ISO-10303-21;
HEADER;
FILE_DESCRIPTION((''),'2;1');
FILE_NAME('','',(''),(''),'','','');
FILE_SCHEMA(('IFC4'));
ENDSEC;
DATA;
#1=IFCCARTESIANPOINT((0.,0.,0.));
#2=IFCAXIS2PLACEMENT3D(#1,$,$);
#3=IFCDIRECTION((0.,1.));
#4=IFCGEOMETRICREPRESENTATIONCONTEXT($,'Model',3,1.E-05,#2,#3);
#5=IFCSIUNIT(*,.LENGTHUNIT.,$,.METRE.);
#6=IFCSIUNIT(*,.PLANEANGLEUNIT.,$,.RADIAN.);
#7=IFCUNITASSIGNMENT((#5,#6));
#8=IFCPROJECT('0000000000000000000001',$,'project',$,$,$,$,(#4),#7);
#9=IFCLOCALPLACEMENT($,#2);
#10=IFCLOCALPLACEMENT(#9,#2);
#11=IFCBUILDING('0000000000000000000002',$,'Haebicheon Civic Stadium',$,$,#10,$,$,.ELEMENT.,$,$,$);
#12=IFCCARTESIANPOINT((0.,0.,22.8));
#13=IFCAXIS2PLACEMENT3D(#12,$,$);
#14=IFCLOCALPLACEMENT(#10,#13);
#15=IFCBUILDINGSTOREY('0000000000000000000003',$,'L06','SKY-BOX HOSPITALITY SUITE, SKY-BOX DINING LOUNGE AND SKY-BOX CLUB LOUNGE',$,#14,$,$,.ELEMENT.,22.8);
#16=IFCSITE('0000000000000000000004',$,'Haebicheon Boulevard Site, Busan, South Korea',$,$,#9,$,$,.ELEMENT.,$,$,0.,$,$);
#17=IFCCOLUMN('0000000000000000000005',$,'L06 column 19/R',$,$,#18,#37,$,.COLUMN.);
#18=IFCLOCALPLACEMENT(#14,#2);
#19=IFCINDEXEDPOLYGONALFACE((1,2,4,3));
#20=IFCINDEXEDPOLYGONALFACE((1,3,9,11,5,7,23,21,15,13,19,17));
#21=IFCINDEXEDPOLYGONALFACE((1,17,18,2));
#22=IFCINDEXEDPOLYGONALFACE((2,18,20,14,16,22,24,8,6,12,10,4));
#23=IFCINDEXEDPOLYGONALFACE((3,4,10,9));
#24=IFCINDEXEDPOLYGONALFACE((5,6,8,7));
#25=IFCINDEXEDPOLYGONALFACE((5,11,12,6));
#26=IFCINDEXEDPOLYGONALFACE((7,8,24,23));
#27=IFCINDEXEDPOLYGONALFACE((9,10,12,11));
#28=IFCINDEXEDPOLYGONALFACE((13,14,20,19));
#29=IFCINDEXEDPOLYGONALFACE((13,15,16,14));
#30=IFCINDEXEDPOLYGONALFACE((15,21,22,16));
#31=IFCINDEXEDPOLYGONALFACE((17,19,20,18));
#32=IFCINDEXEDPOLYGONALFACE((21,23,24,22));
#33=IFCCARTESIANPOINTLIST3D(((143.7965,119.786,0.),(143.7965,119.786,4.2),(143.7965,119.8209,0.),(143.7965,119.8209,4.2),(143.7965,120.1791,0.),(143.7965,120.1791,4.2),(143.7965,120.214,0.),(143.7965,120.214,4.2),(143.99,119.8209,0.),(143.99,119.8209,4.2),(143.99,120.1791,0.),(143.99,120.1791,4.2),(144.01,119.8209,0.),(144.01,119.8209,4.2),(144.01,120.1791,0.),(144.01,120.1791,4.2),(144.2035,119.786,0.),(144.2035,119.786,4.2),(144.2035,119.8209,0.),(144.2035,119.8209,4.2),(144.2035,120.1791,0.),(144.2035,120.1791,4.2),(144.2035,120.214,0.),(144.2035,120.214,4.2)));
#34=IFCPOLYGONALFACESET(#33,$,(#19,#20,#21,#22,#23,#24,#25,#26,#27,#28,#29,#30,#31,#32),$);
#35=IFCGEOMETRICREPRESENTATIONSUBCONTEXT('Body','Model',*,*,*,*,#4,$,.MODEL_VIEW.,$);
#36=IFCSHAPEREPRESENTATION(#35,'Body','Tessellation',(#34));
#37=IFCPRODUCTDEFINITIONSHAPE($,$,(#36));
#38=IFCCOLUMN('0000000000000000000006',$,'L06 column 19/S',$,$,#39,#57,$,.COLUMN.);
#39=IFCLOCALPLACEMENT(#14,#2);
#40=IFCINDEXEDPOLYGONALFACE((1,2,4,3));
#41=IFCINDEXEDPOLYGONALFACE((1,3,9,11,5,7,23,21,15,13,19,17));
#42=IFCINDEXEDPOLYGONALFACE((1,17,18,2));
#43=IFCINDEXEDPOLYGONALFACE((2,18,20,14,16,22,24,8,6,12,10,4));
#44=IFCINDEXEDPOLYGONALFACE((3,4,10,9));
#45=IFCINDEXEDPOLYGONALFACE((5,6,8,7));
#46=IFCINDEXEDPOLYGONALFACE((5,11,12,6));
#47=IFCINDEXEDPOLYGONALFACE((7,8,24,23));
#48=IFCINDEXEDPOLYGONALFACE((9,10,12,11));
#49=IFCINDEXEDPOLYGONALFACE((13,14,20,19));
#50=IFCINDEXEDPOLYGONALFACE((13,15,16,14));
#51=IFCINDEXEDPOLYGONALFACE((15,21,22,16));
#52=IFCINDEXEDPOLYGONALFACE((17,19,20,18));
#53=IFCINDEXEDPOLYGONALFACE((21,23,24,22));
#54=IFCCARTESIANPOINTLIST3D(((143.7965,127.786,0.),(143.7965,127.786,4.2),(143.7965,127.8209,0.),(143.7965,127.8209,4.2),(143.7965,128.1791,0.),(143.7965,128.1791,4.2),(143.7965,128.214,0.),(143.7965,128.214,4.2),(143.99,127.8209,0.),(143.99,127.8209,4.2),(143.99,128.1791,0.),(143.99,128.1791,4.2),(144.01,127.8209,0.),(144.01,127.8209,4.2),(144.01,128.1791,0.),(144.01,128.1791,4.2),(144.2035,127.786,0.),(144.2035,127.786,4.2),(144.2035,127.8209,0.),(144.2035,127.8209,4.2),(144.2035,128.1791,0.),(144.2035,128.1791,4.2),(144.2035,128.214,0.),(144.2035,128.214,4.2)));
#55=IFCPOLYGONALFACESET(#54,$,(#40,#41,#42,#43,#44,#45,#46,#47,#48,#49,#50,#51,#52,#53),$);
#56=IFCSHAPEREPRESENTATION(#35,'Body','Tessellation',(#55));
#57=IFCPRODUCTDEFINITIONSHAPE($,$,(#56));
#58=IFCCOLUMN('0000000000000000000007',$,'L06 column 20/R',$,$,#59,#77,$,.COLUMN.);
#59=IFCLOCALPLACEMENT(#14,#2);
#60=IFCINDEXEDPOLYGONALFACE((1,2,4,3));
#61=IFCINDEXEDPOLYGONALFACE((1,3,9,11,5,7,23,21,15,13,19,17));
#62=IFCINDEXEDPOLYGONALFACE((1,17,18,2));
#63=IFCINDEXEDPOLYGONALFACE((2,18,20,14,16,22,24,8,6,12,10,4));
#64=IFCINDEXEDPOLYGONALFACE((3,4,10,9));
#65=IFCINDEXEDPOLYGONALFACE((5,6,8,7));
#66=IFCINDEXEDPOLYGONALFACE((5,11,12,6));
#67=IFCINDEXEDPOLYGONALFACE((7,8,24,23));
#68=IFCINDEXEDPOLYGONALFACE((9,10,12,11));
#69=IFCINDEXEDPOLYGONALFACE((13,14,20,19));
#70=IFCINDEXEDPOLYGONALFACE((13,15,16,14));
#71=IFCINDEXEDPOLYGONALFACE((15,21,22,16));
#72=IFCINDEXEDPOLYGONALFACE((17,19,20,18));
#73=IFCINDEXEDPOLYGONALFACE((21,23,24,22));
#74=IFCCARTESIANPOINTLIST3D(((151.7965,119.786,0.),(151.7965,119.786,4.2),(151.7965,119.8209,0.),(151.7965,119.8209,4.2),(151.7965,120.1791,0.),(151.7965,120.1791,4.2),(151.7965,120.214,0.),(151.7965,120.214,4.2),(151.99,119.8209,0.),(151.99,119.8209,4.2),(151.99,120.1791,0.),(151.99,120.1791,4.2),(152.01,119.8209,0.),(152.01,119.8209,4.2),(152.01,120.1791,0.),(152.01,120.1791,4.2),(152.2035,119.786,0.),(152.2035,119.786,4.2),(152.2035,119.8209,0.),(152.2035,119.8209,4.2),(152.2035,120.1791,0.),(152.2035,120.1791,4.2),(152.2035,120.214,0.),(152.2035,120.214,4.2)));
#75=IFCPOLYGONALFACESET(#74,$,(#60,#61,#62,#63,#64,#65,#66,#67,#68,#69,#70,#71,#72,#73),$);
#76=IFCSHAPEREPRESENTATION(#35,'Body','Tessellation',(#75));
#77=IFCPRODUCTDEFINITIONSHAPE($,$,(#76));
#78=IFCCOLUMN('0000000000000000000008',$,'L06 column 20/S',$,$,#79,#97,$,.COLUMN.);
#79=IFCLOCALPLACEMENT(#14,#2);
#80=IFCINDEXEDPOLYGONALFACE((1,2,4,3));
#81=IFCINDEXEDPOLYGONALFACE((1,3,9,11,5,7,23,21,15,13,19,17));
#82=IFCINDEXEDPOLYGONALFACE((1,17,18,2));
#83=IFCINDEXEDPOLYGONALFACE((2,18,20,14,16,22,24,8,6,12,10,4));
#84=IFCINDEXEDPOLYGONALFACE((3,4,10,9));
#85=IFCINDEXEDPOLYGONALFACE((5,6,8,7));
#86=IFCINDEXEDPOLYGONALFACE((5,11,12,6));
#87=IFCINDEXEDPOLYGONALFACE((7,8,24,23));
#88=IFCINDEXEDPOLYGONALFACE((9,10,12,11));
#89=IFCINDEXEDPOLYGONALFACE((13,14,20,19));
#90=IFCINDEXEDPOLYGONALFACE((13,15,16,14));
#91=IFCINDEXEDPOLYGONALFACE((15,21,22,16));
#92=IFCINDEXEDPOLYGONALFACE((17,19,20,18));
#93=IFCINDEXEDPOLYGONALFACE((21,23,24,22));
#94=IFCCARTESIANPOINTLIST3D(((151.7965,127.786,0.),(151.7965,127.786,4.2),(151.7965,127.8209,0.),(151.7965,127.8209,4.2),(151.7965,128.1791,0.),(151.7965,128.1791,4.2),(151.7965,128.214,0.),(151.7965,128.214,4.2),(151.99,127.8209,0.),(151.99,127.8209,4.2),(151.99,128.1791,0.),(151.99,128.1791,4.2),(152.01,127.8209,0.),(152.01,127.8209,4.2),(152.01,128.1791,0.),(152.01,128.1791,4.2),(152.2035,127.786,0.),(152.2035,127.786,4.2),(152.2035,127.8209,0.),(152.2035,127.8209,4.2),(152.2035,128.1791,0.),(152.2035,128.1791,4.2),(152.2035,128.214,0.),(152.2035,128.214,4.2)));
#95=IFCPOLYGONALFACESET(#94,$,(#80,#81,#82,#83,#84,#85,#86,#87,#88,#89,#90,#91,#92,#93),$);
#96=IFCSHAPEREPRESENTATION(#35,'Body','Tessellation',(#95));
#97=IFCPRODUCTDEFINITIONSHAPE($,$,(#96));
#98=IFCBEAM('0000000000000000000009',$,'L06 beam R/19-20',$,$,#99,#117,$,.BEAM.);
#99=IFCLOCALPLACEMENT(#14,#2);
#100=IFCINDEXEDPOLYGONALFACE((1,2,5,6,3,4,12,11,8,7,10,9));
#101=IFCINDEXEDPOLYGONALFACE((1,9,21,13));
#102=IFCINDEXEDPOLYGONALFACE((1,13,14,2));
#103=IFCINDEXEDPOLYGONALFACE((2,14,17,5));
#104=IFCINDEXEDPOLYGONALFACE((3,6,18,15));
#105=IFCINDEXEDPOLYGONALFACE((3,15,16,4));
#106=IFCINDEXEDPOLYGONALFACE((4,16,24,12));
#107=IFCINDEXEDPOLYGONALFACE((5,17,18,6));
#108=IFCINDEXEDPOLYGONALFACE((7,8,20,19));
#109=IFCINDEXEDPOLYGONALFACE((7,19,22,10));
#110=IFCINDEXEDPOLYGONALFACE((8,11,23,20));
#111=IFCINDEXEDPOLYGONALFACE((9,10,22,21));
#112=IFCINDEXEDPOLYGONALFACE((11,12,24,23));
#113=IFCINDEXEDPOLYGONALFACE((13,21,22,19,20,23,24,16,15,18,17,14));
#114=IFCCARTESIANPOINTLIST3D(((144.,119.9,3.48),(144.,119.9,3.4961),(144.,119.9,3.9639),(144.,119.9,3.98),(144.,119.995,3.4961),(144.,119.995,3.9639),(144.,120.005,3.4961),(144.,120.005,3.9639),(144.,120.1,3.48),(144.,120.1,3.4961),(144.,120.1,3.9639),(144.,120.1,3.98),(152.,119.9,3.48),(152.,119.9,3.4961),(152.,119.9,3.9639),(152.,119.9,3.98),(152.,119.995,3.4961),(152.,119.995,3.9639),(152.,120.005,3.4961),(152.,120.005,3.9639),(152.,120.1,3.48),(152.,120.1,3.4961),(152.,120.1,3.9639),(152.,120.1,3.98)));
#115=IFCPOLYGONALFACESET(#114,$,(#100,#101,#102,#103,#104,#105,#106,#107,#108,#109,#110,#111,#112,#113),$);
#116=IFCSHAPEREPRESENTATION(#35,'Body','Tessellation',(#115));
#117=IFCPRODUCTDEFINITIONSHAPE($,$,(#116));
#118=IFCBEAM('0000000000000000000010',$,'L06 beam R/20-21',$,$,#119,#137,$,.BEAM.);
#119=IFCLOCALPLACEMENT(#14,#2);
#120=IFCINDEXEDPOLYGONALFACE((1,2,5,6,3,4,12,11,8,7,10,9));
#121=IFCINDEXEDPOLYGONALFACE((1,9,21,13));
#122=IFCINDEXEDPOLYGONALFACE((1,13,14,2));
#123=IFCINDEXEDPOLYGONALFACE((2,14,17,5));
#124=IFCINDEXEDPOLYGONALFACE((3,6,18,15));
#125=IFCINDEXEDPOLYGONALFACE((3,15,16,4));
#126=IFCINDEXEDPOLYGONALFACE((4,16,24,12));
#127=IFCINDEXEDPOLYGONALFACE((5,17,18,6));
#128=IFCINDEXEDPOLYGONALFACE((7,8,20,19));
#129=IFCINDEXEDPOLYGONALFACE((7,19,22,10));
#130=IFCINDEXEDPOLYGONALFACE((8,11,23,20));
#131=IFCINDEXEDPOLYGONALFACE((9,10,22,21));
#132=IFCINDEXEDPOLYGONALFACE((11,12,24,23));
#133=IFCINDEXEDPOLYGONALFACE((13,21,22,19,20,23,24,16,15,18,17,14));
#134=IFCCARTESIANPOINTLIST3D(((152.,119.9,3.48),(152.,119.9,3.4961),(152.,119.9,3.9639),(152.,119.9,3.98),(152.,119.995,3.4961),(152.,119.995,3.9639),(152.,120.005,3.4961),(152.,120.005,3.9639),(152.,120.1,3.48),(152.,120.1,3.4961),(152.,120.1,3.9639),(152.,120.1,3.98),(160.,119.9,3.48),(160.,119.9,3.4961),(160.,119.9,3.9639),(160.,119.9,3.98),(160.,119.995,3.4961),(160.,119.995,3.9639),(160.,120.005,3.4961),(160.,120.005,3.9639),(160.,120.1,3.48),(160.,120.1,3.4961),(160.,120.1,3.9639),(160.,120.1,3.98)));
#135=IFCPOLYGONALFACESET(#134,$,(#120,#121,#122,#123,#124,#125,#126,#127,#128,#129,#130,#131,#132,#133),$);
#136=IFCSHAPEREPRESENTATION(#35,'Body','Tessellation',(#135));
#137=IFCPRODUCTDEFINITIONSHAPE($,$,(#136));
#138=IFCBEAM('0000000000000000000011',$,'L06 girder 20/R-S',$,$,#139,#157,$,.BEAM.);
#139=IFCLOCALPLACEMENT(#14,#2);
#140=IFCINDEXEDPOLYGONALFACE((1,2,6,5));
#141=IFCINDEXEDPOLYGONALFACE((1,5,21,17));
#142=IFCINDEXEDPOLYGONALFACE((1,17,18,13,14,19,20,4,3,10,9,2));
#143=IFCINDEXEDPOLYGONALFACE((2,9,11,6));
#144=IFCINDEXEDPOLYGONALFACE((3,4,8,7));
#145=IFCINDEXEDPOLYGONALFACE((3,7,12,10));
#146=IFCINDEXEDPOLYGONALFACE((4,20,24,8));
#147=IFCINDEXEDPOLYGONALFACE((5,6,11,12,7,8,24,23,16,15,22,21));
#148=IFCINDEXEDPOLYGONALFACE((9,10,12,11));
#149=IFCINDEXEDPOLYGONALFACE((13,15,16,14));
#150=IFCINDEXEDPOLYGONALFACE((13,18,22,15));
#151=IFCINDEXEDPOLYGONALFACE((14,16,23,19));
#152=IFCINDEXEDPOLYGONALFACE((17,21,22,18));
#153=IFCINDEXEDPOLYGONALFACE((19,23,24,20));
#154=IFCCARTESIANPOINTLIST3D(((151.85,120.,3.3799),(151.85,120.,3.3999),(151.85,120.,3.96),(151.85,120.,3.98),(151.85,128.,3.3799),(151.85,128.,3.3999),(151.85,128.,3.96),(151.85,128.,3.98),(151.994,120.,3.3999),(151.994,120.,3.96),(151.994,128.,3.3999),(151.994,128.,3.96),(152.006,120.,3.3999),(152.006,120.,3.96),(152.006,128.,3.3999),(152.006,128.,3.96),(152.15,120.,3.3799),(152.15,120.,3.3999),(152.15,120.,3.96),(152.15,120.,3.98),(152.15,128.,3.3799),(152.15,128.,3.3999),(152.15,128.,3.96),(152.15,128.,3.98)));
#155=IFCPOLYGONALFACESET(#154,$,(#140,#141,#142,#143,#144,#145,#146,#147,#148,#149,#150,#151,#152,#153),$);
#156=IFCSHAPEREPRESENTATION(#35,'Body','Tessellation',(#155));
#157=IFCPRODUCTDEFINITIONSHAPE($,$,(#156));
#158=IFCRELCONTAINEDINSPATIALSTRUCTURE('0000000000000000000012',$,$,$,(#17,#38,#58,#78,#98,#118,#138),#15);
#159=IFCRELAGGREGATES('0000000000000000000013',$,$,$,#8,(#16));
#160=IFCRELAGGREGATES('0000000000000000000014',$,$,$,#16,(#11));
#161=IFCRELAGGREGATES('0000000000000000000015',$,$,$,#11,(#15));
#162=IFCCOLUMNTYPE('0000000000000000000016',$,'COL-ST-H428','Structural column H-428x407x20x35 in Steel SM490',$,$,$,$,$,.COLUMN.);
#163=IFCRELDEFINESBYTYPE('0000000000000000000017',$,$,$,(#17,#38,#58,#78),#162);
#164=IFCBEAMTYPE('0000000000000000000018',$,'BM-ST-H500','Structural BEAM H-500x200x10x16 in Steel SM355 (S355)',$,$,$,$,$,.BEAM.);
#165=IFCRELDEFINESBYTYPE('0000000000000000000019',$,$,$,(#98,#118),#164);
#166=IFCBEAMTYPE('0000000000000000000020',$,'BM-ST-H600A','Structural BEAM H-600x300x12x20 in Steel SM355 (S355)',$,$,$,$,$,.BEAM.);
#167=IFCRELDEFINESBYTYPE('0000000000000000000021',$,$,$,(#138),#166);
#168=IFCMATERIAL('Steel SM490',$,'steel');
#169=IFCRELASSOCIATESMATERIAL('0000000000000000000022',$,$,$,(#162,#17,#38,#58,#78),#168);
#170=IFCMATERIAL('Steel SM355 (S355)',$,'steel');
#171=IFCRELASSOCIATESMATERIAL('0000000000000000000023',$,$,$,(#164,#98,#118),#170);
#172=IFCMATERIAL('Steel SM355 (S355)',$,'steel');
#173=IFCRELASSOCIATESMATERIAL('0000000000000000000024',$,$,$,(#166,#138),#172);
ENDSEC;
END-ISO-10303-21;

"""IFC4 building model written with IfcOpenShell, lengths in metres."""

from ifc_helpers import new_model, si_unit, direction, frame, origin, origin_2d, place, context, subcontext, project, spatial, i_section, extrude, material, material_profile, profile_set, type_object, element, save


model = new_model("IFC4")

# Units and contexts
model_context = context("Model", 3, precision=1e-05, world=origin(), true_north=direction((0.0, 1.0)))
body_context = subcontext(model_context, "Body", "Model", "MODEL_VIEW")
ifc_project = project(units=[si_unit("LENGTHUNIT", "METRE"), si_unit("PLANEANGLEUNIT", "RADIAN")], contexts=[model_context])

# Site, building, storey
site_placement = place(None, origin())
site = spatial("IfcSite", under=ifc_project, at=site_placement, Name="Haebicheon Boulevard Site, Busan, South Korea", CompositionType="ELEMENT", RefElevation=0.0)
building_placement = place(site_placement, origin())
building = spatial("IfcBuilding", under=site, at=building_placement, Name="Haebicheon Civic Stadium", CompositionType="ELEMENT")
storey_placement = place(building_placement, frame((0.0, 0.0, 22.8)))
storey = spatial("IfcBuildingStorey", under=building, at=storey_placement, Name="L06", Description="SKY-BOX HOSPITALITY SUITE, SKY-BOX DINING LOUNGE AND SKY-BOX CLUB LOUNGE", CompositionType="ELEMENT", Elevation=22.8)

# Columns
ifc_material_1 = material(Name="Steel SM490", Category="steel")
ifc_material_profile_1 = material_profile(ifc_material_1, i_section(OverallWidth=0.407, OverallDepth=0.428, WebThickness=0.02, FlangeThickness=0.0349, at=origin_2d()), Name="H-428x407x20x35")
ifc_profile_set_1 = profile_set([ifc_material_profile_1], Name="Steel SM490")
column_type_1 = type_object("IfcColumnType", Name="COL-ST-H428", Description="Structural column H-428x407x20x35 in Steel SM490", PredefinedType="COLUMN", material=ifc_profile_set_1)
for number, where, z_axis, x_axis, name in (
    (1, (144.0, 120.0, 0.0), (0.0, 0.0, 1.0), (1.0, 0.0, 0.0), "L06 column 19/R"),
    (2, (144.0, 128.0, 0.0), (0.0, 0.0, 1.0), (1.0, 0.0, 0.0), "L06 column 19/S"),
    (3, (152.0, 120.0, 0.0), (0.0, 0.0, 1.0), (1.0, 0.0, 0.0), "L06 column 20/R"),
    (4, (152.0, 128.0, 0.0), (0.0, 0.0, 1.0), (1.0, 0.0, 0.0), "L06 column 20/S"),
):
    element("IfcColumn", number, at=place(storey_placement, frame(where, z_axis=z_axis, x_axis=x_axis)), inside=storey, type_object=column_type_1, material=ifc_profile_set_1, Name=name, PredefinedType="COLUMN", context=body_context, shape_type="SweptSolid", body=[
        extrude(i_section(OverallWidth=0.407, OverallDepth=0.428, WebThickness=0.02, FlangeThickness=0.0349, at=origin_2d()), origin(), (0.0, 0.0, 1.0), 4.2),
    ])

# Beams
ifc_material_2 = material(Name="Steel SM355 (S355)", Category="steel")
ifc_material_profile_2 = material_profile(ifc_material_2, i_section(OverallWidth=0.2, OverallDepth=0.5, WebThickness=0.01, FlangeThickness=0.0161, at=origin_2d()), Name="H-500x200x10x16")
ifc_profile_set_2 = profile_set([ifc_material_profile_2], Name="Steel SM355 (S355)")
beam_type_1 = type_object("IfcBeamType", Name="BM-ST-H500", Description="Structural BEAM H-500x200x10x16 in Steel SM355 (S355)", PredefinedType="BEAM", material=ifc_profile_set_2)
for number, where, z_axis, x_axis, name in (
    (5, (144.0, 120.0, 3.73), (1.0, 0.0, 0.0), (0.0, 1.0, 0.0), "L06 beam R/19-20"),
    (6, (152.0, 120.0, 3.73), (1.0, 0.0, 0.0), (0.0, 1.0, 0.0), "L06 beam R/20-21"),
):
    element("IfcBeam", number, at=place(storey_placement, frame(where, z_axis=z_axis, x_axis=x_axis)), inside=storey, type_object=beam_type_1, material=ifc_profile_set_2, Name=name, PredefinedType="BEAM", context=body_context, shape_type="SweptSolid", body=[
        extrude(i_section(OverallWidth=0.2, OverallDepth=0.5, WebThickness=0.01, FlangeThickness=0.0161, at=origin_2d()), origin(), (0.0, 0.0, 1.0), 8.0),
    ])
ifc_material_3 = material(Name="Steel SM355 (S355)", Category="steel")
ifc_material_profile_3 = material_profile(ifc_material_3, i_section(OverallWidth=0.3, OverallDepth=0.6001, WebThickness=0.012, FlangeThickness=0.02, at=origin_2d()), Name="H-600x300x12x20")
ifc_profile_set_3 = profile_set([ifc_material_profile_3], Name="Steel SM355 (S355)")
beam_type_2 = type_object("IfcBeamType", Name="BM-ST-H600A", Description="Structural BEAM H-600x300x12x20 in Steel SM355 (S355)", PredefinedType="BEAM", material=ifc_profile_set_3)
beam_placement = place(storey_placement, frame((152.0, 120.0, 3.6799), z_axis=(0.0, 1.0, 0.0), x_axis=(-1.0, 0.0, 0.0)))
element("IfcBeam", 7, at=beam_placement, inside=storey, type_object=beam_type_2, material=ifc_profile_set_3, Name="L06 girder 20/R-S", PredefinedType="BEAM", context=body_context, shape_type="SweptSolid", body=[
    extrude(i_section(OverallWidth=0.3, OverallDepth=0.6001, WebThickness=0.012, FlangeThickness=0.02, at=origin_2d()), origin(), (0.0, 0.0, 1.0), 8.0),
])

save(model, "model.ifc")
